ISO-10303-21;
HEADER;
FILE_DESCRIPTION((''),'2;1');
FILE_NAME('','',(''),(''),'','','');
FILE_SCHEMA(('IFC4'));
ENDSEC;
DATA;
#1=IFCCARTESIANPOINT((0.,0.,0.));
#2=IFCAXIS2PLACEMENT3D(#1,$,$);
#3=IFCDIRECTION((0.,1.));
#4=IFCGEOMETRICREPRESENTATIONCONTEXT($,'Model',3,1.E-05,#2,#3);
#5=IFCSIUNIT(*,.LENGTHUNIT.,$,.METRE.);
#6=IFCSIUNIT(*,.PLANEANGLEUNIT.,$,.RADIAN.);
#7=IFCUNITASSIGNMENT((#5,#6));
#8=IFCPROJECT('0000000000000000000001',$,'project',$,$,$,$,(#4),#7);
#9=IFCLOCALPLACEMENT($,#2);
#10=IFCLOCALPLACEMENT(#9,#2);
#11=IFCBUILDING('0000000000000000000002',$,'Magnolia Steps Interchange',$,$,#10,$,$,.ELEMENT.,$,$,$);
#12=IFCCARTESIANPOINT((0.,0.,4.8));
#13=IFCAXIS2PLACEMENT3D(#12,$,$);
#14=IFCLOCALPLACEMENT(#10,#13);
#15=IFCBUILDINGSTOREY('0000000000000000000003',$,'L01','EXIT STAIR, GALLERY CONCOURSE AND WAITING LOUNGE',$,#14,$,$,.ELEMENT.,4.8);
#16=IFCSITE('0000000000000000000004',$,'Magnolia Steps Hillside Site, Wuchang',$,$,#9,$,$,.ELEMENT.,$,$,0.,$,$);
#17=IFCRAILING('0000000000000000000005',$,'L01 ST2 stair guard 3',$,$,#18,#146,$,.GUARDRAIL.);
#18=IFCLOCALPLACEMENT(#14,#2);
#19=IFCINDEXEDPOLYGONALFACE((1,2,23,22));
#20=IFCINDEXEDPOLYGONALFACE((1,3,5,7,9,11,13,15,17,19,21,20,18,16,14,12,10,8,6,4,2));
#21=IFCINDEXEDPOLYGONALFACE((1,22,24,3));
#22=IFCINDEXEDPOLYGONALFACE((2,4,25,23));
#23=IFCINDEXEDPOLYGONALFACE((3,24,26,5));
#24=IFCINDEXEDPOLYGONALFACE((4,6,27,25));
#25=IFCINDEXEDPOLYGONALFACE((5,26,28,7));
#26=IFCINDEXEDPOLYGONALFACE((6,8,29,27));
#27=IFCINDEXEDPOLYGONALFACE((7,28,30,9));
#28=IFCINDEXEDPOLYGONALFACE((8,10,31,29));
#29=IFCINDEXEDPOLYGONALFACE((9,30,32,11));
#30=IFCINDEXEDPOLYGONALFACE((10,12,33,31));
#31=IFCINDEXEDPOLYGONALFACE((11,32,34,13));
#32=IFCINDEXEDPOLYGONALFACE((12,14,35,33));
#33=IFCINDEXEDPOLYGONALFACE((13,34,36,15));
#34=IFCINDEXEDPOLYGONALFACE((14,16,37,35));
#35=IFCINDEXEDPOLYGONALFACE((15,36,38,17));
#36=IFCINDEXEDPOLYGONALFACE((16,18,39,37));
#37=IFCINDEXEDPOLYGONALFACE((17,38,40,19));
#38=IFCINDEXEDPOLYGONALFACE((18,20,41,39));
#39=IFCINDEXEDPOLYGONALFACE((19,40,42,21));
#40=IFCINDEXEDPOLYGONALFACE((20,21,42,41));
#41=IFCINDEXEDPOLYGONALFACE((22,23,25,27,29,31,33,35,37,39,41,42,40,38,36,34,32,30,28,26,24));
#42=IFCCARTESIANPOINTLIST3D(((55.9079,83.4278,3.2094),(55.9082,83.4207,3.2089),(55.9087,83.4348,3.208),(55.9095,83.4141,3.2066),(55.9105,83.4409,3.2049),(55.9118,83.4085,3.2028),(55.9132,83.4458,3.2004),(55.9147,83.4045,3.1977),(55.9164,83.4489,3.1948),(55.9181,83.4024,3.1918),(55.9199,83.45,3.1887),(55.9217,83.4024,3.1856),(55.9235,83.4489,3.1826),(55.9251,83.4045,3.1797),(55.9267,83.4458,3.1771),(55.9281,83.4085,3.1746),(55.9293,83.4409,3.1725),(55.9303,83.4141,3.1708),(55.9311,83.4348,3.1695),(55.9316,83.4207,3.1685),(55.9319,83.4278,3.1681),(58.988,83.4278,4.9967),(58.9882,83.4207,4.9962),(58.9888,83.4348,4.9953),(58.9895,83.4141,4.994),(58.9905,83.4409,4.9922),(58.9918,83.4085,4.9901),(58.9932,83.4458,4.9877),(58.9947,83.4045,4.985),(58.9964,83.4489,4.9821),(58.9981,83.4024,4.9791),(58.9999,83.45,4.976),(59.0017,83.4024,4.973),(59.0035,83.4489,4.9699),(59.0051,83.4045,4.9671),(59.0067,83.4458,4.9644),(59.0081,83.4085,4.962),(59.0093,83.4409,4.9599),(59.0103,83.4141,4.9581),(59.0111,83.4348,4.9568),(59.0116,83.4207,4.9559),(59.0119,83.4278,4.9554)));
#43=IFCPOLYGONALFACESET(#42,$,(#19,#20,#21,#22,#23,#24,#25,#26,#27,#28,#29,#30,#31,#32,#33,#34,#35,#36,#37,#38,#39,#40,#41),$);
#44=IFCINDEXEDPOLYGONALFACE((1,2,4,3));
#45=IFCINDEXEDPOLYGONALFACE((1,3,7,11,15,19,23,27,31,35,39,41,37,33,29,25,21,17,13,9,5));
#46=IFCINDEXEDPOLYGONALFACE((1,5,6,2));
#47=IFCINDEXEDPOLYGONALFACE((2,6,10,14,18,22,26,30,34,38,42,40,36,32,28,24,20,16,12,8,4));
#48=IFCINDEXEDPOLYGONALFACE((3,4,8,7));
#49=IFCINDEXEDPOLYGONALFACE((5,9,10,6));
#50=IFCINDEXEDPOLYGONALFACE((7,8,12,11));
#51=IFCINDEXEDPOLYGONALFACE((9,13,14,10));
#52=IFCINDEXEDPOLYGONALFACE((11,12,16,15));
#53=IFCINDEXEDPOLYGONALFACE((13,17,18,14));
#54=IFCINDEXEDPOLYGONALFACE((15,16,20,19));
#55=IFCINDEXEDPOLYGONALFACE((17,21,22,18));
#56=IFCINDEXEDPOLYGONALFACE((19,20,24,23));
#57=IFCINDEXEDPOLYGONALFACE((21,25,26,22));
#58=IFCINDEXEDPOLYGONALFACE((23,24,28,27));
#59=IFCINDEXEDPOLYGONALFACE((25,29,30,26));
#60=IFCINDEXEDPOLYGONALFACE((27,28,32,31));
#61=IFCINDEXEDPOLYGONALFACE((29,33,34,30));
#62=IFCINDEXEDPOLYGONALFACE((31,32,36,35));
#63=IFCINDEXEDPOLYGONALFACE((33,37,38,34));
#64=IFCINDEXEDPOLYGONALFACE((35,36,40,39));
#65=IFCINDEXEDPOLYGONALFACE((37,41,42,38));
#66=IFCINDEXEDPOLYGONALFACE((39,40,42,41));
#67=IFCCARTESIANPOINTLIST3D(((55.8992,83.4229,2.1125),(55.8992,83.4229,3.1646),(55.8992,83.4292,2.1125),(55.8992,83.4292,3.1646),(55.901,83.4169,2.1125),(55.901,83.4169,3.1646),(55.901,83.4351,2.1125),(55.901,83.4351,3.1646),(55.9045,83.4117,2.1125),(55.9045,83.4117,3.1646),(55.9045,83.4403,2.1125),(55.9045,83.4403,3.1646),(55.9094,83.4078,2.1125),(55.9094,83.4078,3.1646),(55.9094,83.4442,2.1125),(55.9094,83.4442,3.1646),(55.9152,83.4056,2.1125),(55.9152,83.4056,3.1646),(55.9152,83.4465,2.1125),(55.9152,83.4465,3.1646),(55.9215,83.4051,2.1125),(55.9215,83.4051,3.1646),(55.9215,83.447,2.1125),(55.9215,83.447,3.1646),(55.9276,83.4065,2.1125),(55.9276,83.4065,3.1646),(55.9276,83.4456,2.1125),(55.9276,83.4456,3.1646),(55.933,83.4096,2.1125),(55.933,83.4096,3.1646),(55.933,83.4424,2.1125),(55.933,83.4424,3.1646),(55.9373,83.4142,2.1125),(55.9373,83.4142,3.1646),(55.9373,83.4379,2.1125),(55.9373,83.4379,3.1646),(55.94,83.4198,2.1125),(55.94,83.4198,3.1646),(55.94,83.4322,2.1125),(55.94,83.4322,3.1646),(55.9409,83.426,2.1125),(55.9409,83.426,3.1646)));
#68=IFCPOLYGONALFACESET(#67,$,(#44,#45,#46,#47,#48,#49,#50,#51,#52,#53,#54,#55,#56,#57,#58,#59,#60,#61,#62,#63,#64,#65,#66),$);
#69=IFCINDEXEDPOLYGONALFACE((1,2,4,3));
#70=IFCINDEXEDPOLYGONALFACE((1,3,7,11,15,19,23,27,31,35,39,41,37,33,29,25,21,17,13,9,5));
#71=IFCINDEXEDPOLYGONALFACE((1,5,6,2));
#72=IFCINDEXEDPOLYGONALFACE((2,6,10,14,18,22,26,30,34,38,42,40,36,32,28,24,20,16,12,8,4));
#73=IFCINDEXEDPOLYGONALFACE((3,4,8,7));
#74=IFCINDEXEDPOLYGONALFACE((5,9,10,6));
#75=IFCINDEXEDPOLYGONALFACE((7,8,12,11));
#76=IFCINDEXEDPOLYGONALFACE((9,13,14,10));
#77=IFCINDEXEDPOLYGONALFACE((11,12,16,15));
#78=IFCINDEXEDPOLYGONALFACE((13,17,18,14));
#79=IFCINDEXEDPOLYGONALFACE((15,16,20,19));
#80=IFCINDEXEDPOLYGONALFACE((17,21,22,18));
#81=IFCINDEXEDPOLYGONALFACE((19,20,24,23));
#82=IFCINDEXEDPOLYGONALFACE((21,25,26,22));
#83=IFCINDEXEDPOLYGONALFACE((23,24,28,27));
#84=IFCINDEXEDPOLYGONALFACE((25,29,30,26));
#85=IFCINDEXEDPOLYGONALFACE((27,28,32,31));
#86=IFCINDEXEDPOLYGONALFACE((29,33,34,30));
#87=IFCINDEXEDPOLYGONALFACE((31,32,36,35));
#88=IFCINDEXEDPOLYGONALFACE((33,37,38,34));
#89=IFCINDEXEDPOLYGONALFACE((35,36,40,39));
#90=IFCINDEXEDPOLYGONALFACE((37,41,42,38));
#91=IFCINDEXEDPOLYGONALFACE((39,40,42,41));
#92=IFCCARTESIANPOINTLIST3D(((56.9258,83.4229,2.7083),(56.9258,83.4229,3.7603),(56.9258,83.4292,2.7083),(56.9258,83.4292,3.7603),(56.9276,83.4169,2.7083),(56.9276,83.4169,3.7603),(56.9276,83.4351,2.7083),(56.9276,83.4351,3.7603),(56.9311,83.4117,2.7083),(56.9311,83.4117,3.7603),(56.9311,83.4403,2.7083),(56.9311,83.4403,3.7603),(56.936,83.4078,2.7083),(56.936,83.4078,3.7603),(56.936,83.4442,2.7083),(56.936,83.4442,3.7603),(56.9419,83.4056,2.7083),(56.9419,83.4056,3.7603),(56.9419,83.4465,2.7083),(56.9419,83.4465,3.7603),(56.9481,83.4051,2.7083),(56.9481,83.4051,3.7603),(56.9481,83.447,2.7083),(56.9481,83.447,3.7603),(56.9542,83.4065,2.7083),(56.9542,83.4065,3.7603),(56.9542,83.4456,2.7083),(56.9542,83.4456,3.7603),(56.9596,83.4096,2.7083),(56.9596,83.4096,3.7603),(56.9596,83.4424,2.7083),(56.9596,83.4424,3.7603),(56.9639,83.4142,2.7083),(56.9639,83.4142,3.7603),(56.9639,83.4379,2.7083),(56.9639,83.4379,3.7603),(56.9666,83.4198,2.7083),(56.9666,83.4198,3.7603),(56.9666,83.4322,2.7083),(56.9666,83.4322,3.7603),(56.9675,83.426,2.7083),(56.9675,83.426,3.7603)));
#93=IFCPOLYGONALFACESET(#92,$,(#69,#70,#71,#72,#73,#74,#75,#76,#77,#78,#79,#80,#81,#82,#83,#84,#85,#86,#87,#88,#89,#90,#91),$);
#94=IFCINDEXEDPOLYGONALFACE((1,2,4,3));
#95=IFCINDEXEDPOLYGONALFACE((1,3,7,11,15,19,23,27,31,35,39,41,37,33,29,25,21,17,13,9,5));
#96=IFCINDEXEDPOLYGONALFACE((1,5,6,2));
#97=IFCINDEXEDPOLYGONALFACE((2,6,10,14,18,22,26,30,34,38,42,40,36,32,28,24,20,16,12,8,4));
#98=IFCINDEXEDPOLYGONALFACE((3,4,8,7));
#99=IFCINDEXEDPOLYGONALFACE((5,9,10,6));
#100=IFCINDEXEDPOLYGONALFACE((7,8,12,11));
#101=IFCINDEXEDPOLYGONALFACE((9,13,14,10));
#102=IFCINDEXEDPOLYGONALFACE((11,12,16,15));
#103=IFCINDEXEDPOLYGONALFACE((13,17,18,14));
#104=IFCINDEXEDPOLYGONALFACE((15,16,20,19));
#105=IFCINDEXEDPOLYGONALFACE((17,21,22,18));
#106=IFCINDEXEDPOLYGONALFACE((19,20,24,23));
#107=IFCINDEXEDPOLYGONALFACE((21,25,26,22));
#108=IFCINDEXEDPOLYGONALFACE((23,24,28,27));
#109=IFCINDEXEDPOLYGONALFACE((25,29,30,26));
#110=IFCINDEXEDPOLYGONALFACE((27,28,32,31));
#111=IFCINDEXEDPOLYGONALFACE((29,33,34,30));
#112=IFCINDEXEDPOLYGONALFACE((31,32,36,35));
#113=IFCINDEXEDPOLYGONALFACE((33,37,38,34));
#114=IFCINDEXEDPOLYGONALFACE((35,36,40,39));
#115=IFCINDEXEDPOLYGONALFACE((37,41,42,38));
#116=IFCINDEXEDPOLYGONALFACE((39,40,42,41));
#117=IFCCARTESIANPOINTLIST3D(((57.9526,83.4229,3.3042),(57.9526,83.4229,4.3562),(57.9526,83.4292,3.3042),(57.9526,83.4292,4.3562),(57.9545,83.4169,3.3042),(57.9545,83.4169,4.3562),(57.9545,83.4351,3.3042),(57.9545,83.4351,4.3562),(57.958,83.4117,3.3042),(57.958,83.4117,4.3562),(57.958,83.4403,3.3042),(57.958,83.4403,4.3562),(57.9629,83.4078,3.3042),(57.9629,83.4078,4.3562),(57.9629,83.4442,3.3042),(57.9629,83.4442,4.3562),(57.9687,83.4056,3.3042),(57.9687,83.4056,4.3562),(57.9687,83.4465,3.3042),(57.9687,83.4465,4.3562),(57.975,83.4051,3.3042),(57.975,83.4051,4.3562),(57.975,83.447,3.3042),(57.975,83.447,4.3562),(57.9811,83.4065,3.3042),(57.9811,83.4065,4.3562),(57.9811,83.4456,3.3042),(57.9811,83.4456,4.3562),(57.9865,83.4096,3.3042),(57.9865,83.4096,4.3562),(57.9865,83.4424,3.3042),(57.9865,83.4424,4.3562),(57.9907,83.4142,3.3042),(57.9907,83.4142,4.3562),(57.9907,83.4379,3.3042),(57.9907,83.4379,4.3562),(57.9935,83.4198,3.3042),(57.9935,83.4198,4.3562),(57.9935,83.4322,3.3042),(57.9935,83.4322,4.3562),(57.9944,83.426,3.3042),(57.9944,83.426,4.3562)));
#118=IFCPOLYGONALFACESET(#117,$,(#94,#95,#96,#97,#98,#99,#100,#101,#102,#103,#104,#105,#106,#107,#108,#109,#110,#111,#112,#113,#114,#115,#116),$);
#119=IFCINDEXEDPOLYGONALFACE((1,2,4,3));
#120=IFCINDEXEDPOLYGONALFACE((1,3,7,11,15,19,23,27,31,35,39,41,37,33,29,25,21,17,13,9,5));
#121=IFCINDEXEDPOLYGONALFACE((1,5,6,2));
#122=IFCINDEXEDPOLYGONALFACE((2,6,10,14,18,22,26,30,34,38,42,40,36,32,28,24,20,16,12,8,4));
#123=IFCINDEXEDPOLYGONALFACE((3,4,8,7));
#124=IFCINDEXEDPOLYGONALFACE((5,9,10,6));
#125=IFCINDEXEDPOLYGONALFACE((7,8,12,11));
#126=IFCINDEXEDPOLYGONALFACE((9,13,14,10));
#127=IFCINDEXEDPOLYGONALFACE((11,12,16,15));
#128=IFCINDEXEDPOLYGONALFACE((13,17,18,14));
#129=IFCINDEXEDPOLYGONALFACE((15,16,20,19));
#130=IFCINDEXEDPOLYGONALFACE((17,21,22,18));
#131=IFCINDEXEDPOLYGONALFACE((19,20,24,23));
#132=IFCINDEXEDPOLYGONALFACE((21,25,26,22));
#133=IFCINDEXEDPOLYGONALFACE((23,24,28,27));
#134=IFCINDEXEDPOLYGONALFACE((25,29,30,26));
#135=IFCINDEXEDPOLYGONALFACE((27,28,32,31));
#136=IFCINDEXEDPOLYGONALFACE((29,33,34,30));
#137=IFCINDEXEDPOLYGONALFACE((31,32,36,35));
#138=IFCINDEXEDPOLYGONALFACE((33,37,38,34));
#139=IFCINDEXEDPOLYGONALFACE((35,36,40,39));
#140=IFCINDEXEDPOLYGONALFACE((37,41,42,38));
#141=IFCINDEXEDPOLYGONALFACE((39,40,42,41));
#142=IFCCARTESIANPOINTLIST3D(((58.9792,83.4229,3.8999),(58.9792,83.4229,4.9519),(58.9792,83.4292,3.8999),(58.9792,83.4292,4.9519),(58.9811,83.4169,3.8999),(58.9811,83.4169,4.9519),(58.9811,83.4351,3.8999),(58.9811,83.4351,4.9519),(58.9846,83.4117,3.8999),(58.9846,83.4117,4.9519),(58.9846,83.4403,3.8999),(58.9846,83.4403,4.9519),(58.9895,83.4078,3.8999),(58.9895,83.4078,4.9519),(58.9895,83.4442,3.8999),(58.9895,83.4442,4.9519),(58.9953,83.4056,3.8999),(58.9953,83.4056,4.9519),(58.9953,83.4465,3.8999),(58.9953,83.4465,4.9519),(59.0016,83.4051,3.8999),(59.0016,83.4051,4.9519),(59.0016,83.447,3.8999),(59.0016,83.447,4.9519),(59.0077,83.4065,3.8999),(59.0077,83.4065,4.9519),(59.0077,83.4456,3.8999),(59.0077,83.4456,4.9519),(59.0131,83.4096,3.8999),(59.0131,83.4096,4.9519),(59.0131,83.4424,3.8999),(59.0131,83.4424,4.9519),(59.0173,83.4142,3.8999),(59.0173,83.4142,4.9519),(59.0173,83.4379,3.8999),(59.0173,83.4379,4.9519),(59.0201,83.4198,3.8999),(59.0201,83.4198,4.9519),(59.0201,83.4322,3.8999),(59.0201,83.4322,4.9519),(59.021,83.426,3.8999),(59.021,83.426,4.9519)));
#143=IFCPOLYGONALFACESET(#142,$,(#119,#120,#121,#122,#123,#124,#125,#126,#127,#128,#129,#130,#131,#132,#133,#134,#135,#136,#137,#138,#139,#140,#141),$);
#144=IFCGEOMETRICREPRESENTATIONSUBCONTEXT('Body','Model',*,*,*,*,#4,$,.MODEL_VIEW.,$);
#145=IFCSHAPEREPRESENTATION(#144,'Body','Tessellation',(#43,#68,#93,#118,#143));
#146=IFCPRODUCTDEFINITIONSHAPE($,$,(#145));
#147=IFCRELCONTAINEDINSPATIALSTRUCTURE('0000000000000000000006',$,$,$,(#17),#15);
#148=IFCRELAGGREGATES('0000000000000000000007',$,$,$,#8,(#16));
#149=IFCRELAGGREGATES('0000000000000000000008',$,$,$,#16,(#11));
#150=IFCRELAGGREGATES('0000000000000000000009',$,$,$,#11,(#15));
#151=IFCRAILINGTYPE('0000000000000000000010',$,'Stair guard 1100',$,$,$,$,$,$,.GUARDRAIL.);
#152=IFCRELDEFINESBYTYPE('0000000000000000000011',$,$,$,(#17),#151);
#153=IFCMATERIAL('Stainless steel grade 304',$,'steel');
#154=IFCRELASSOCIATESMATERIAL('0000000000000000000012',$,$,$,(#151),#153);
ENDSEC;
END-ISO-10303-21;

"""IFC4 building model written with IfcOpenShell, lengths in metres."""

from ifc_helpers import new_model, si_unit, direction, frame, origin, origin_2d, place, context, subcontext, project, spatial, circle, extrude, material, type_object, element, save


model = new_model("IFC4")

# Units and contexts
model_context = context("Model", 3, precision=1e-05, world=origin(), true_north=direction((0.0, 1.0)))
body_context = subcontext(model_context, "Body", "Model", "MODEL_VIEW")
ifc_project = project(units=[si_unit("LENGTHUNIT", "METRE"), si_unit("PLANEANGLEUNIT", "RADIAN")], contexts=[model_context])

# Site, building, storey
site_placement = place(None, origin())
site = spatial("IfcSite", under=ifc_project, at=site_placement, Name="Magnolia Steps Hillside Site, Wuchang", CompositionType="ELEMENT", RefElevation=0.0)
building_placement = place(site_placement, origin())
building = spatial("IfcBuilding", under=site, at=building_placement, Name="Magnolia Steps Interchange", CompositionType="ELEMENT")
storey_placement = place(building_placement, frame((0.0, 0.0, 4.8)))
storey = spatial("IfcBuildingStorey", under=building, at=storey_placement, Name="L01", Description="EXIT STAIR, GALLERY CONCOURSE AND WAITING LOUNGE", CompositionType="ELEMENT", Elevation=4.8)

# Railing
ifc_material_1 = material(Name="Stainless steel grade 304", Category="steel")
railing_type_1 = type_object("IfcRailingType", Name="Stair guard 1100", PredefinedType="GUARDRAIL", material=ifc_material_1)
railing_1_placement = place(storey_placement, frame((55.9199, 83.426, 2.1125)))
element("IfcRailing", 1, at=railing_1_placement, inside=storey, type_object=railing_type_1, Name="L01 ST2 stair guard 3", PredefinedType="GUARDRAIL", context=body_context, shape_type="SweptSolid", body=[
    extrude(circle(Radius=0.0239, at=origin_2d()), frame((0.0, 0.0, 1.0762), z_axis=(0.86492, 0.0, 0.501909), x_axis=(0.0, 1.0, 0.0)), (0.0, 0.0, 1.0), 3.561),
    extrude(circle(Radius=0.021, at=origin_2d()), origin(), (0.0, 0.0, 1.0), 1.052),
    extrude(circle(Radius=0.021, at=origin_2d()), frame((1.0266, 0.0, 0.5957)), (0.0, 0.0, 1.0), 1.052),
    extrude(circle(Radius=0.021, at=origin_2d()), frame((2.0535, 0.0, 1.1917)), (0.0, 0.0, 1.0), 1.052),
    extrude(circle(Radius=0.021, at=origin_2d()), frame((3.0801, 0.0, 1.7874)), (0.0, 0.0, 1.0), 1.052),
])

save(model, "model.ifc")
